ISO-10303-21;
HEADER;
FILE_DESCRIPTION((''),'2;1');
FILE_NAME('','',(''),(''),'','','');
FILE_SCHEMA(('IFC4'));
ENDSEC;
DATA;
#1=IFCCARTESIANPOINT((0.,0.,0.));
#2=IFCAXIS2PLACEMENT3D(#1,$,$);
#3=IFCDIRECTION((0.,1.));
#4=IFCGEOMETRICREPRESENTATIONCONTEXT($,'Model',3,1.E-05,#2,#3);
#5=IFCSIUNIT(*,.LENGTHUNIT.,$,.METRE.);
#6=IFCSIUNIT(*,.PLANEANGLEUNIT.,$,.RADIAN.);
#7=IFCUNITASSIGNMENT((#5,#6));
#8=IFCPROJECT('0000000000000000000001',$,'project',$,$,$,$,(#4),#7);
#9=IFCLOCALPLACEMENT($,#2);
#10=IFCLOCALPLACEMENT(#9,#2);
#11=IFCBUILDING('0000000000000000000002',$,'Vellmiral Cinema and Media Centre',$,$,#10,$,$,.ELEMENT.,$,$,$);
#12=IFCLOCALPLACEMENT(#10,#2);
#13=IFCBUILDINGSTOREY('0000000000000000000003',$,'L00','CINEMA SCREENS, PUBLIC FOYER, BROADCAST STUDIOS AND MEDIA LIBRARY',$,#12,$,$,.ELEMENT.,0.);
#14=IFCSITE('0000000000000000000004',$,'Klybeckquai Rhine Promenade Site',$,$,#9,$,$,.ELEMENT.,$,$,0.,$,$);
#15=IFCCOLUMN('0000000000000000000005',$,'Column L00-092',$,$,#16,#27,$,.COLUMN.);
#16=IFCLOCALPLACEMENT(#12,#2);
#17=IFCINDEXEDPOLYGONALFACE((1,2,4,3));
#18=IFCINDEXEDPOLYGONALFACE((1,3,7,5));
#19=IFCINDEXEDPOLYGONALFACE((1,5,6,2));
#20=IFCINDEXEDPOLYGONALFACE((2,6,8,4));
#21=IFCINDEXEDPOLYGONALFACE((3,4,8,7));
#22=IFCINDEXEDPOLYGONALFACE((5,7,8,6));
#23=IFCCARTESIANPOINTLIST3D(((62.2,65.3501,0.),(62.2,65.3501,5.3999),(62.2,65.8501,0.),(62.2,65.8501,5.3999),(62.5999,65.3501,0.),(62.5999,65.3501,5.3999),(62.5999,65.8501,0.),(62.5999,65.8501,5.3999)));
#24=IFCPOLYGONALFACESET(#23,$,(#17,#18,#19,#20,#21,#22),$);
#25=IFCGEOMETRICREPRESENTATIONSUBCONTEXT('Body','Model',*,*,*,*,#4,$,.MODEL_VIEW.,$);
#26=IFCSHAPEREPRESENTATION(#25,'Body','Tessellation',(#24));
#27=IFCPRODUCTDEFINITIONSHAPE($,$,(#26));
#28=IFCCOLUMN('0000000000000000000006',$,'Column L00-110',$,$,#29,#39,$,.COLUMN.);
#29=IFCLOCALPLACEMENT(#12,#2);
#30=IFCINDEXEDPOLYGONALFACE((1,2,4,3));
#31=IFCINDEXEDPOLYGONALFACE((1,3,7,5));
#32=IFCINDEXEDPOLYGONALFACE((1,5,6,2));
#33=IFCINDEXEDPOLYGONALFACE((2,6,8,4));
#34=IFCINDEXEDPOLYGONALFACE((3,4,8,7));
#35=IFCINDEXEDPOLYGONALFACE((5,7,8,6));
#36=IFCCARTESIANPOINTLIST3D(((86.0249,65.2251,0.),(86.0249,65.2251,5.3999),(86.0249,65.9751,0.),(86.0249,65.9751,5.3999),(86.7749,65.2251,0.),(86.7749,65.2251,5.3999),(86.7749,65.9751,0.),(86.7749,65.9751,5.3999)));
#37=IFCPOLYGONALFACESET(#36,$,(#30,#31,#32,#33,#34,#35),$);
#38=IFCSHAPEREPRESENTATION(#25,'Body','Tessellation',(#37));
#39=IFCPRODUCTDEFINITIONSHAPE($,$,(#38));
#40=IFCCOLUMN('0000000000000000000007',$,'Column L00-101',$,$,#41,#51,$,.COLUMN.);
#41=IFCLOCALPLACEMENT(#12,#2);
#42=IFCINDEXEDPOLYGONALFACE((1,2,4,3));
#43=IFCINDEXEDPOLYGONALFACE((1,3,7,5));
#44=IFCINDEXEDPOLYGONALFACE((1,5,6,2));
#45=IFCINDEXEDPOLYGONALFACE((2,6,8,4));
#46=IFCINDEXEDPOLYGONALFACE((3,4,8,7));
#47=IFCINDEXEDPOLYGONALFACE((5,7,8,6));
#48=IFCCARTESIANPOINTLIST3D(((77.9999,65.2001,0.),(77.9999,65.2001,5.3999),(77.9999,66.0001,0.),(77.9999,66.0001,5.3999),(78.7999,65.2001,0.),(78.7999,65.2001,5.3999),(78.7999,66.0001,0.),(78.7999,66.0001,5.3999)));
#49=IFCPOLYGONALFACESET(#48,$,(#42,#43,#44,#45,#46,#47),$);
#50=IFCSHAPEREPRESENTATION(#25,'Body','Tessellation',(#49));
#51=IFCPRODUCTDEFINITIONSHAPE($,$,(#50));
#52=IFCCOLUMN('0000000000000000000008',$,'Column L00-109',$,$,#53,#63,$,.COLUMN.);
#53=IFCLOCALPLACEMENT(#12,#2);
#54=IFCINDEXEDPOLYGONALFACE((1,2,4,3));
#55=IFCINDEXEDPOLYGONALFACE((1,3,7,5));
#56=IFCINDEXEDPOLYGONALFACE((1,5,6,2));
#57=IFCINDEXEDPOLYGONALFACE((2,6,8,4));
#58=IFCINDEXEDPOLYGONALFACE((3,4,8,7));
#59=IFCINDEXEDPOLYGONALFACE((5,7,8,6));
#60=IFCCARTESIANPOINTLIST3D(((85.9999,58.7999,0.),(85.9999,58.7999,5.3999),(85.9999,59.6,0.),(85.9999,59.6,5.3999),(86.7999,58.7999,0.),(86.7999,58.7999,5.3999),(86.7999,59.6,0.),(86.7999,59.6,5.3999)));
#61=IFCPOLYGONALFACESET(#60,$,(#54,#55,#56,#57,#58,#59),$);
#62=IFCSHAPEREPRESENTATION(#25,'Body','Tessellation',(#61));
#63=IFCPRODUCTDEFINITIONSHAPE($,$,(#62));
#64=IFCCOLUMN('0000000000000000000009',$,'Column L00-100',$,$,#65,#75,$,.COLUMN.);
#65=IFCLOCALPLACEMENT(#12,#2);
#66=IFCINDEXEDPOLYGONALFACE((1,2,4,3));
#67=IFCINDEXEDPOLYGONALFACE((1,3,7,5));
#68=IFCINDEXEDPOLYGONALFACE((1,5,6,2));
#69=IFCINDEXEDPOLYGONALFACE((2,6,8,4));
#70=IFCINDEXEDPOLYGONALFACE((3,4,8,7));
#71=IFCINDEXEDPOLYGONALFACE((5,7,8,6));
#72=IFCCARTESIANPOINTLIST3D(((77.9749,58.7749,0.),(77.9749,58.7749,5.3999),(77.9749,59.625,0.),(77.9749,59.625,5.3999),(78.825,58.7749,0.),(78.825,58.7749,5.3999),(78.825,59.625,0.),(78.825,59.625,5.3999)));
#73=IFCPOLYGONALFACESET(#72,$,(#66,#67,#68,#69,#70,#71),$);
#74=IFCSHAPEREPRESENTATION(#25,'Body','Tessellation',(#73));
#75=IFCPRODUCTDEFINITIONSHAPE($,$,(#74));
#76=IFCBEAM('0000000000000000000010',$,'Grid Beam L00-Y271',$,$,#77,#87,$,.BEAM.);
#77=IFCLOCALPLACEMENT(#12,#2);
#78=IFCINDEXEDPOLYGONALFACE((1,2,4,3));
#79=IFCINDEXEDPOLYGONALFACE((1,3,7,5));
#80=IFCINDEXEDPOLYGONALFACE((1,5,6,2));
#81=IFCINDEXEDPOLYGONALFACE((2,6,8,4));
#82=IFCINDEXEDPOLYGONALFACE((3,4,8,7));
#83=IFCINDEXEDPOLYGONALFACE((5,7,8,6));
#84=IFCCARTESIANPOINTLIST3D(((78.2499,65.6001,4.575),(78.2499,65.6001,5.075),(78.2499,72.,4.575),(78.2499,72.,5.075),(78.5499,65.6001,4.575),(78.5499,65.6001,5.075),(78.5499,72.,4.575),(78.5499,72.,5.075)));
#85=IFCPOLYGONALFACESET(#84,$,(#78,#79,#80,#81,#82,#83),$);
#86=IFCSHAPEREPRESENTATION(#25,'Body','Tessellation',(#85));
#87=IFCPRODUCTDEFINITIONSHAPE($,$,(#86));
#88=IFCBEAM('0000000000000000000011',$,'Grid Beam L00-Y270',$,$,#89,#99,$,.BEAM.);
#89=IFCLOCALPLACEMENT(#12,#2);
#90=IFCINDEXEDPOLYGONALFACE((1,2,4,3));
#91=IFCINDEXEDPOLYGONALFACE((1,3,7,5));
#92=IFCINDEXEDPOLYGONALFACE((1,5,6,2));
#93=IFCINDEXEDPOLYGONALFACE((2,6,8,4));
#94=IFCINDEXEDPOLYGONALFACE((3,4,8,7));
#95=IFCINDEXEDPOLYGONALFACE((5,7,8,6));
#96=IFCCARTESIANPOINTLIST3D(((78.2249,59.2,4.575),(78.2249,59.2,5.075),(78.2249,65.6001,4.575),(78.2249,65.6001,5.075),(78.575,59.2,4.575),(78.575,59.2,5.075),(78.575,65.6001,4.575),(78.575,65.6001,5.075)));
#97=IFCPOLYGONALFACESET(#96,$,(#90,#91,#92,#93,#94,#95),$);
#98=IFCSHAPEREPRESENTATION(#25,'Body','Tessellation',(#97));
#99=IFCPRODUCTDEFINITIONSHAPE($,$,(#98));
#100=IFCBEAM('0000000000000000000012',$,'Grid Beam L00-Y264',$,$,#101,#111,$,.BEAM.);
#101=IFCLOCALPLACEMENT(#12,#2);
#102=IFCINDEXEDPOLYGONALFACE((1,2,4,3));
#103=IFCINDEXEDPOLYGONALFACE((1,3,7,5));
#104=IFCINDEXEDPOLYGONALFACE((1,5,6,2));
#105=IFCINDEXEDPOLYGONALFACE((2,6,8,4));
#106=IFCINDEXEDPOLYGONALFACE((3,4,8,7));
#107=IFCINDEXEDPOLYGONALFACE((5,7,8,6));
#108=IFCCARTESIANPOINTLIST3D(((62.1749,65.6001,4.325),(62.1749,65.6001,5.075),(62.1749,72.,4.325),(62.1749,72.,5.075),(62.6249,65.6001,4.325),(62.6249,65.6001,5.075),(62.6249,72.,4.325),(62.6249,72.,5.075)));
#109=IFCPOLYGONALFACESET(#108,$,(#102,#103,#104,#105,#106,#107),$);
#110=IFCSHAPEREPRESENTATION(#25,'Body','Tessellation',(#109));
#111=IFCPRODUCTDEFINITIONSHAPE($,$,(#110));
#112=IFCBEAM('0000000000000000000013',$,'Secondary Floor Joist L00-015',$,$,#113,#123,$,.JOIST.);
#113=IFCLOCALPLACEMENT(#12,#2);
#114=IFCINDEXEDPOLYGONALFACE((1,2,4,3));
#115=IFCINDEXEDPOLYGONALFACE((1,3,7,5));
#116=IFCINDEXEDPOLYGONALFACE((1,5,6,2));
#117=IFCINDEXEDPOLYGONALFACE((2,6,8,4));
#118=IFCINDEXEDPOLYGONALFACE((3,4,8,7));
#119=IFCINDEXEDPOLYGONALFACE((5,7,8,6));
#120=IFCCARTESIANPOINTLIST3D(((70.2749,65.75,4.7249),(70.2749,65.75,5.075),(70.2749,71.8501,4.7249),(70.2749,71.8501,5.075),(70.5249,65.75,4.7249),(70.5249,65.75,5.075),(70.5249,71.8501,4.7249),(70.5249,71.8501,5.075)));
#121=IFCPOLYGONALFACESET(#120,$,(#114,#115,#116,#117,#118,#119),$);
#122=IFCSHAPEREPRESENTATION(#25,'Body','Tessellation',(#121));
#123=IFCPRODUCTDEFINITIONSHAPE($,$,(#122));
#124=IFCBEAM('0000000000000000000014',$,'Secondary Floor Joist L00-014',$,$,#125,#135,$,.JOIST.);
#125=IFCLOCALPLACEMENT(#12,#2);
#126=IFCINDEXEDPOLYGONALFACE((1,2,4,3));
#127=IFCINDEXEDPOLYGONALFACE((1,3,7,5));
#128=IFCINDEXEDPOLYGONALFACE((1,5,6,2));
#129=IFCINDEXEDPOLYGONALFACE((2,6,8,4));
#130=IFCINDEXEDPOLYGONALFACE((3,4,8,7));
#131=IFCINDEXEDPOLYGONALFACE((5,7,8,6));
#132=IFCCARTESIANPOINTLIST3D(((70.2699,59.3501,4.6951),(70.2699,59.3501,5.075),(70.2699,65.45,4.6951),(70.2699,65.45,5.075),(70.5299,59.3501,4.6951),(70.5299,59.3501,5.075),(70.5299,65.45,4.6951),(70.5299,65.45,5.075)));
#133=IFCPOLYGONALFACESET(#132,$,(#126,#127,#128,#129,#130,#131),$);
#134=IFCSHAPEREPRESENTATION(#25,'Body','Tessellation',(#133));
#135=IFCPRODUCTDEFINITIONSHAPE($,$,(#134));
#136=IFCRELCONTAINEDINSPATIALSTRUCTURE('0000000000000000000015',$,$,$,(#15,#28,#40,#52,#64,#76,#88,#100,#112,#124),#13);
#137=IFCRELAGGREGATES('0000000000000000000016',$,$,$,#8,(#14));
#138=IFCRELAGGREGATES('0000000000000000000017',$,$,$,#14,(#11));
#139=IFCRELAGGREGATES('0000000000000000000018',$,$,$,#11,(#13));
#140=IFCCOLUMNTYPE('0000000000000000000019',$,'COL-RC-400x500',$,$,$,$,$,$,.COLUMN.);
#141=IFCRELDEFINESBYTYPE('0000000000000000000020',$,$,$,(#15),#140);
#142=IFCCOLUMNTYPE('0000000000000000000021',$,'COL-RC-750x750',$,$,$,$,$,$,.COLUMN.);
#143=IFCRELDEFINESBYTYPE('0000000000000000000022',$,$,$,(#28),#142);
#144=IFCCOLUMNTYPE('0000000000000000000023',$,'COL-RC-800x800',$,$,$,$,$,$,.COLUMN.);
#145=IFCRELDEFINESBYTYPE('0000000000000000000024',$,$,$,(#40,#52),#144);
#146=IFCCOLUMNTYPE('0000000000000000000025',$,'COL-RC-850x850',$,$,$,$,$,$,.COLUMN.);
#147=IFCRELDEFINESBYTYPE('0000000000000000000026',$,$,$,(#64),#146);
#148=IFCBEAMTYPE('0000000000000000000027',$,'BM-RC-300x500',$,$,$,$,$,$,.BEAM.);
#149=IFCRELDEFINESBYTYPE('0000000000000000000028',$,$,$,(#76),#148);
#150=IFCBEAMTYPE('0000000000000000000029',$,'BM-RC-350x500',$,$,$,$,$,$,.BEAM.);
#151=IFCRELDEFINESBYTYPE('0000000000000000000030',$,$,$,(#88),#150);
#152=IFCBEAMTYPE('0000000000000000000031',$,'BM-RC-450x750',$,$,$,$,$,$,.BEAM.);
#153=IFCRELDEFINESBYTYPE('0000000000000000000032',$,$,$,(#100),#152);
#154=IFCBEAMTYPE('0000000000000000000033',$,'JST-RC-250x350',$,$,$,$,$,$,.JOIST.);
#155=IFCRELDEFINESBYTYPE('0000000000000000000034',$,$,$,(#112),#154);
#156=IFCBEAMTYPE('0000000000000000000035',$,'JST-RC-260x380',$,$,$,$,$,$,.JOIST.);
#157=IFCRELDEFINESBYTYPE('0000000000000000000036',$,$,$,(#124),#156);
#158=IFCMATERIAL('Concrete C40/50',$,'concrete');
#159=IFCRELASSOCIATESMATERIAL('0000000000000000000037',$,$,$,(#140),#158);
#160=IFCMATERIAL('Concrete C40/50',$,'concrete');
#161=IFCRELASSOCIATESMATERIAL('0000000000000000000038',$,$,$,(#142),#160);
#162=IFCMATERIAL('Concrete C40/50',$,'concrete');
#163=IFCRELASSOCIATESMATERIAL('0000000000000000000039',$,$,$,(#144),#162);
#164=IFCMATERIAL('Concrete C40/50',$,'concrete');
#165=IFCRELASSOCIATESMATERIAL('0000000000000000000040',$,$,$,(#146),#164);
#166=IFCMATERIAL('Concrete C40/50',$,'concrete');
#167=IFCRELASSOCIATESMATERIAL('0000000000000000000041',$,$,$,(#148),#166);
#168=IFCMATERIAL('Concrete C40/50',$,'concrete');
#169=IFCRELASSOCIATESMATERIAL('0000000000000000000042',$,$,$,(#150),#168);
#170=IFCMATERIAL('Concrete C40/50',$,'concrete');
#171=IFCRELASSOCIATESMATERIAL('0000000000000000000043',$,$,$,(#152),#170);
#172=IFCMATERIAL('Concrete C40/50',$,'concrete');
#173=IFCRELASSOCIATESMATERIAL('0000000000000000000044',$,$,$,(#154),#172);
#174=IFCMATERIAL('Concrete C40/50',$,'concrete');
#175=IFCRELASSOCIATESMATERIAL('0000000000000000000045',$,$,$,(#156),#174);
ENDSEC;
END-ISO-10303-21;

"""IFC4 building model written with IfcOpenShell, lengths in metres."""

from ifc_helpers import new_model, si_unit, direction, frame, origin, origin_2d, place, context, subcontext, project, spatial, rectangle, extrude, material, material_profile, profile_set, type_object, element, save


model = new_model("IFC4")

# Units and contexts
model_context = context("Model", 3, precision=1e-05, world=origin(), true_north=direction((0.0, 1.0)))
body_context = subcontext(model_context, "Body", "Model", "MODEL_VIEW")
ifc_project = project(units=[si_unit("LENGTHUNIT", "METRE"), si_unit("PLANEANGLEUNIT", "RADIAN")], contexts=[model_context])

# Site, building, storey
site_placement = place(None, origin())
site = spatial("IfcSite", under=ifc_project, at=site_placement, Name="Klybeckquai Rhine Promenade Site", CompositionType="ELEMENT", RefElevation=0.0)
building_placement = place(site_placement, origin())
building = spatial("IfcBuilding", under=site, at=building_placement, Name="Vellmiral Cinema and Media Centre", CompositionType="ELEMENT")
storey_placement = place(building_placement, origin())
storey = spatial("IfcBuildingStorey", under=building, at=storey_placement, Name="L00", Description="CINEMA SCREENS, PUBLIC FOYER, BROADCAST STUDIOS AND MEDIA LIBRARY", CompositionType="ELEMENT", Elevation=0.0)

# Columns
ifc_material_1 = material(Name="Concrete C40/50", Category="concrete")
ifc_material_profile_1 = material_profile(ifc_material_1, rectangle(XDim=0.3999, YDim=0.5, at=origin_2d()), Name="RC 400x500")
ifc_profile_set_1 = profile_set([ifc_material_profile_1], Name="Concrete C40/50")
column_type_1 = type_object("IfcColumnType", Name="COL-RC-400x500", PredefinedType="COLUMN", material=ifc_profile_set_1)
column_1_placement = place(storey_placement, frame((62.3999, 65.6001, 0.0), z_axis=(0.0, 0.0, 1.0), x_axis=(1.0, 0.0, 0.0)))
element("IfcColumn", 1, at=column_1_placement, inside=storey, type_object=column_type_1, Name="Column L00-092", PredefinedType="COLUMN", context=body_context, shape_type="SweptSolid", body=[
    extrude(rectangle(XDim=0.3999, YDim=0.5, at=origin_2d()), origin(), (0.0, 0.0, 1.0), 5.3999),
])
ifc_material_2 = material(Name="Concrete C40/50", Category="concrete")
ifc_material_profile_2 = material_profile(ifc_material_2, rectangle(XDim=0.75, YDim=0.75, at=origin_2d()), Name="RC 750x750")
ifc_profile_set_2 = profile_set([ifc_material_profile_2], Name="Concrete C40/50")
column_type_2 = type_object("IfcColumnType", Name="COL-RC-750x750", PredefinedType="COLUMN", material=ifc_profile_set_2)
column_2_placement = place(storey_placement, frame((86.3999, 65.6001, 0.0), z_axis=(0.0, 0.0, 1.0), x_axis=(1.0, 0.0, 0.0)))
element("IfcColumn", 2, at=column_2_placement, inside=storey, type_object=column_type_2, Name="Column L00-110", PredefinedType="COLUMN", context=body_context, shape_type="SweptSolid", body=[
    extrude(rectangle(XDim=0.75, YDim=0.75, at=origin_2d()), origin(), (0.0, 0.0, 1.0), 5.3999),
])
ifc_material_3 = material(Name="Concrete C40/50", Category="concrete")
ifc_material_profile_3 = material_profile(ifc_material_3, rectangle(XDim=0.8, YDim=0.8, at=origin_2d()), Name="RC 800x800")
ifc_profile_set_3 = profile_set([ifc_material_profile_3], Name="Concrete C40/50")
column_type_3 = type_object("IfcColumnType", Name="COL-RC-800x800", PredefinedType="COLUMN", material=ifc_profile_set_3)
for number, where, z_axis, x_axis, name in (
    (3, (78.3999, 65.6001, 0.0), (0.0, 0.0, 1.0), (1.0, 0.0, 0.0), "Column L00-101"),
    (4, (86.3999, 59.2, 0.0), (0.0, 0.0, 1.0), (1.0, 0.0, 0.0), "Column L00-109"),
):
    element("IfcColumn", number, at=place(storey_placement, frame(where, z_axis=z_axis, x_axis=x_axis)), inside=storey, type_object=column_type_3, Name=name, PredefinedType="COLUMN", context=body_context, shape_type="SweptSolid", body=[
        extrude(rectangle(XDim=0.8, YDim=0.8, at=origin_2d()), origin(), (0.0, 0.0, 1.0), 5.3999),
    ])
ifc_material_4 = material(Name="Concrete C40/50", Category="concrete")
ifc_material_profile_4 = material_profile(ifc_material_4, rectangle(XDim=0.8501, YDim=0.8501, at=origin_2d()), Name="RC 850x850")
ifc_profile_set_4 = profile_set([ifc_material_profile_4], Name="Concrete C40/50")
column_type_4 = type_object("IfcColumnType", Name="COL-RC-850x850", PredefinedType="COLUMN", material=ifc_profile_set_4)
column_3_placement = place(storey_placement, frame((78.3999, 59.2, 0.0), z_axis=(0.0, 0.0, 1.0), x_axis=(1.0, 0.0, 0.0)))
element("IfcColumn", 5, at=column_3_placement, inside=storey, type_object=column_type_4, Name="Column L00-100", PredefinedType="COLUMN", context=body_context, shape_type="SweptSolid", body=[
    extrude(rectangle(XDim=0.8501, YDim=0.8501, at=origin_2d()), origin(), (0.0, 0.0, 1.0), 5.3999),
])

# Beams
ifc_material_5 = material(Name="Concrete C40/50", Category="concrete")
ifc_material_profile_5 = material_profile(ifc_material_5, rectangle(XDim=0.3, YDim=0.5, at=origin_2d()), Name="RC 300x500")
ifc_profile_set_5 = profile_set([ifc_material_profile_5], Name="Concrete C40/50")
beam_type_1 = type_object("IfcBeamType", Name="BM-RC-300x500", PredefinedType="BEAM", material=ifc_profile_set_5)
beam_1_placement = place(storey_placement, frame((78.3999, 65.6001, 4.825), z_axis=(0.0, 1.0, 0.0), x_axis=(-1.0, 0.0, 0.0)))
element("IfcBeam", 6, at=beam_1_placement, inside=storey, type_object=beam_type_1, Name="Grid Beam L00-Y271", PredefinedType="BEAM", context=body_context, shape_type="SweptSolid", body=[
    extrude(rectangle(XDim=0.3, YDim=0.5, at=origin_2d()), origin(), (0.0, 0.0, 1.0), 6.3999),
])
ifc_material_6 = material(Name="Concrete C40/50", Category="concrete")
ifc_material_profile_6 = material_profile(ifc_material_6, rectangle(XDim=0.3501, YDim=0.5, at=origin_2d()), Name="RC 350x500")
ifc_profile_set_6 = profile_set([ifc_material_profile_6], Name="Concrete C40/50")
beam_type_2 = type_object("IfcBeamType", Name="BM-RC-350x500", PredefinedType="BEAM", material=ifc_profile_set_6)
beam_2_placement = place(storey_placement, frame((78.3999, 59.2, 4.825), z_axis=(0.0, 1.0, 0.0), x_axis=(-1.0, 0.0, 0.0)))
element("IfcBeam", 7, at=beam_2_placement, inside=storey, type_object=beam_type_2, Name="Grid Beam L00-Y270", PredefinedType="BEAM", context=body_context, shape_type="SweptSolid", body=[
    extrude(rectangle(XDim=0.3501, YDim=0.5, at=origin_2d()), origin(), (0.0, 0.0, 1.0), 6.4001),
])
ifc_material_7 = material(Name="Concrete C40/50", Category="concrete")
ifc_material_profile_7 = material_profile(ifc_material_7, rectangle(XDim=0.45, YDim=0.75, at=origin_2d()), Name="RC 450x750")
ifc_profile_set_7 = profile_set([ifc_material_profile_7], Name="Concrete C40/50")
beam_type_3 = type_object("IfcBeamType", Name="BM-RC-450x750", PredefinedType="BEAM", material=ifc_profile_set_7)
beam_3_placement = place(storey_placement, frame((62.3999, 65.6001, 4.7), z_axis=(0.0, 1.0, 0.0), x_axis=(-1.0, 0.0, 0.0)))
element("IfcBeam", 8, at=beam_3_placement, inside=storey, type_object=beam_type_3, Name="Grid Beam L00-Y264", PredefinedType="BEAM", context=body_context, shape_type="SweptSolid", body=[
    extrude(rectangle(XDim=0.45, YDim=0.75, at=origin_2d()), origin(), (0.0, 0.0, 1.0), 6.3999),
])
ifc_material_8 = material(Name="Concrete C40/50", Category="concrete")
ifc_material_profile_8 = material_profile(ifc_material_8, rectangle(XDim=0.25, YDim=0.3501, at=origin_2d()), Name="RC 250x350")
ifc_profile_set_8 = profile_set([ifc_material_profile_8], Name="Concrete C40/50")
beam_type_4 = type_object("IfcBeamType", Name="JST-RC-250x350", PredefinedType="JOIST", material=ifc_profile_set_8)
beam_4_placement = place(storey_placement, frame((70.3999, 65.75, 4.8999), z_axis=(0.0, 1.0, 0.0), x_axis=(-1.0, 0.0, 0.0)))
element("IfcBeam", 9, at=beam_4_placement, inside=storey, type_object=beam_type_4, Name="Secondary Floor Joist L00-015", PredefinedType="JOIST", context=body_context, shape_type="SweptSolid", body=[
    extrude(rectangle(XDim=0.25, YDim=0.3501, at=origin_2d()), origin(), (0.0, 0.0, 1.0), 6.1001),
])
ifc_material_9 = material(Name="Concrete C40/50", Category="concrete")
ifc_material_profile_9 = material_profile(ifc_material_9, rectangle(XDim=0.26, YDim=0.3799, at=origin_2d()), Name="RC 260x380")
ifc_profile_set_9 = profile_set([ifc_material_profile_9], Name="Concrete C40/50")
beam_type_5 = type_object("IfcBeamType", Name="JST-RC-260x380", PredefinedType="JOIST", material=ifc_profile_set_9)
beam_5_placement = place(storey_placement, frame((70.3999, 59.3501, 4.885), z_axis=(0.0, 1.0, 0.0), x_axis=(-1.0, 0.0, 0.0)))
element("IfcBeam", 10, at=beam_5_placement, inside=storey, type_object=beam_type_5, Name="Secondary Floor Joist L00-014", PredefinedType="JOIST", context=body_context, shape_type="SweptSolid", body=[
    extrude(rectangle(XDim=0.26, YDim=0.3799, at=origin_2d()), origin(), (0.0, 0.0, 1.0), 6.0999),
])

save(model, "model.ifc")
